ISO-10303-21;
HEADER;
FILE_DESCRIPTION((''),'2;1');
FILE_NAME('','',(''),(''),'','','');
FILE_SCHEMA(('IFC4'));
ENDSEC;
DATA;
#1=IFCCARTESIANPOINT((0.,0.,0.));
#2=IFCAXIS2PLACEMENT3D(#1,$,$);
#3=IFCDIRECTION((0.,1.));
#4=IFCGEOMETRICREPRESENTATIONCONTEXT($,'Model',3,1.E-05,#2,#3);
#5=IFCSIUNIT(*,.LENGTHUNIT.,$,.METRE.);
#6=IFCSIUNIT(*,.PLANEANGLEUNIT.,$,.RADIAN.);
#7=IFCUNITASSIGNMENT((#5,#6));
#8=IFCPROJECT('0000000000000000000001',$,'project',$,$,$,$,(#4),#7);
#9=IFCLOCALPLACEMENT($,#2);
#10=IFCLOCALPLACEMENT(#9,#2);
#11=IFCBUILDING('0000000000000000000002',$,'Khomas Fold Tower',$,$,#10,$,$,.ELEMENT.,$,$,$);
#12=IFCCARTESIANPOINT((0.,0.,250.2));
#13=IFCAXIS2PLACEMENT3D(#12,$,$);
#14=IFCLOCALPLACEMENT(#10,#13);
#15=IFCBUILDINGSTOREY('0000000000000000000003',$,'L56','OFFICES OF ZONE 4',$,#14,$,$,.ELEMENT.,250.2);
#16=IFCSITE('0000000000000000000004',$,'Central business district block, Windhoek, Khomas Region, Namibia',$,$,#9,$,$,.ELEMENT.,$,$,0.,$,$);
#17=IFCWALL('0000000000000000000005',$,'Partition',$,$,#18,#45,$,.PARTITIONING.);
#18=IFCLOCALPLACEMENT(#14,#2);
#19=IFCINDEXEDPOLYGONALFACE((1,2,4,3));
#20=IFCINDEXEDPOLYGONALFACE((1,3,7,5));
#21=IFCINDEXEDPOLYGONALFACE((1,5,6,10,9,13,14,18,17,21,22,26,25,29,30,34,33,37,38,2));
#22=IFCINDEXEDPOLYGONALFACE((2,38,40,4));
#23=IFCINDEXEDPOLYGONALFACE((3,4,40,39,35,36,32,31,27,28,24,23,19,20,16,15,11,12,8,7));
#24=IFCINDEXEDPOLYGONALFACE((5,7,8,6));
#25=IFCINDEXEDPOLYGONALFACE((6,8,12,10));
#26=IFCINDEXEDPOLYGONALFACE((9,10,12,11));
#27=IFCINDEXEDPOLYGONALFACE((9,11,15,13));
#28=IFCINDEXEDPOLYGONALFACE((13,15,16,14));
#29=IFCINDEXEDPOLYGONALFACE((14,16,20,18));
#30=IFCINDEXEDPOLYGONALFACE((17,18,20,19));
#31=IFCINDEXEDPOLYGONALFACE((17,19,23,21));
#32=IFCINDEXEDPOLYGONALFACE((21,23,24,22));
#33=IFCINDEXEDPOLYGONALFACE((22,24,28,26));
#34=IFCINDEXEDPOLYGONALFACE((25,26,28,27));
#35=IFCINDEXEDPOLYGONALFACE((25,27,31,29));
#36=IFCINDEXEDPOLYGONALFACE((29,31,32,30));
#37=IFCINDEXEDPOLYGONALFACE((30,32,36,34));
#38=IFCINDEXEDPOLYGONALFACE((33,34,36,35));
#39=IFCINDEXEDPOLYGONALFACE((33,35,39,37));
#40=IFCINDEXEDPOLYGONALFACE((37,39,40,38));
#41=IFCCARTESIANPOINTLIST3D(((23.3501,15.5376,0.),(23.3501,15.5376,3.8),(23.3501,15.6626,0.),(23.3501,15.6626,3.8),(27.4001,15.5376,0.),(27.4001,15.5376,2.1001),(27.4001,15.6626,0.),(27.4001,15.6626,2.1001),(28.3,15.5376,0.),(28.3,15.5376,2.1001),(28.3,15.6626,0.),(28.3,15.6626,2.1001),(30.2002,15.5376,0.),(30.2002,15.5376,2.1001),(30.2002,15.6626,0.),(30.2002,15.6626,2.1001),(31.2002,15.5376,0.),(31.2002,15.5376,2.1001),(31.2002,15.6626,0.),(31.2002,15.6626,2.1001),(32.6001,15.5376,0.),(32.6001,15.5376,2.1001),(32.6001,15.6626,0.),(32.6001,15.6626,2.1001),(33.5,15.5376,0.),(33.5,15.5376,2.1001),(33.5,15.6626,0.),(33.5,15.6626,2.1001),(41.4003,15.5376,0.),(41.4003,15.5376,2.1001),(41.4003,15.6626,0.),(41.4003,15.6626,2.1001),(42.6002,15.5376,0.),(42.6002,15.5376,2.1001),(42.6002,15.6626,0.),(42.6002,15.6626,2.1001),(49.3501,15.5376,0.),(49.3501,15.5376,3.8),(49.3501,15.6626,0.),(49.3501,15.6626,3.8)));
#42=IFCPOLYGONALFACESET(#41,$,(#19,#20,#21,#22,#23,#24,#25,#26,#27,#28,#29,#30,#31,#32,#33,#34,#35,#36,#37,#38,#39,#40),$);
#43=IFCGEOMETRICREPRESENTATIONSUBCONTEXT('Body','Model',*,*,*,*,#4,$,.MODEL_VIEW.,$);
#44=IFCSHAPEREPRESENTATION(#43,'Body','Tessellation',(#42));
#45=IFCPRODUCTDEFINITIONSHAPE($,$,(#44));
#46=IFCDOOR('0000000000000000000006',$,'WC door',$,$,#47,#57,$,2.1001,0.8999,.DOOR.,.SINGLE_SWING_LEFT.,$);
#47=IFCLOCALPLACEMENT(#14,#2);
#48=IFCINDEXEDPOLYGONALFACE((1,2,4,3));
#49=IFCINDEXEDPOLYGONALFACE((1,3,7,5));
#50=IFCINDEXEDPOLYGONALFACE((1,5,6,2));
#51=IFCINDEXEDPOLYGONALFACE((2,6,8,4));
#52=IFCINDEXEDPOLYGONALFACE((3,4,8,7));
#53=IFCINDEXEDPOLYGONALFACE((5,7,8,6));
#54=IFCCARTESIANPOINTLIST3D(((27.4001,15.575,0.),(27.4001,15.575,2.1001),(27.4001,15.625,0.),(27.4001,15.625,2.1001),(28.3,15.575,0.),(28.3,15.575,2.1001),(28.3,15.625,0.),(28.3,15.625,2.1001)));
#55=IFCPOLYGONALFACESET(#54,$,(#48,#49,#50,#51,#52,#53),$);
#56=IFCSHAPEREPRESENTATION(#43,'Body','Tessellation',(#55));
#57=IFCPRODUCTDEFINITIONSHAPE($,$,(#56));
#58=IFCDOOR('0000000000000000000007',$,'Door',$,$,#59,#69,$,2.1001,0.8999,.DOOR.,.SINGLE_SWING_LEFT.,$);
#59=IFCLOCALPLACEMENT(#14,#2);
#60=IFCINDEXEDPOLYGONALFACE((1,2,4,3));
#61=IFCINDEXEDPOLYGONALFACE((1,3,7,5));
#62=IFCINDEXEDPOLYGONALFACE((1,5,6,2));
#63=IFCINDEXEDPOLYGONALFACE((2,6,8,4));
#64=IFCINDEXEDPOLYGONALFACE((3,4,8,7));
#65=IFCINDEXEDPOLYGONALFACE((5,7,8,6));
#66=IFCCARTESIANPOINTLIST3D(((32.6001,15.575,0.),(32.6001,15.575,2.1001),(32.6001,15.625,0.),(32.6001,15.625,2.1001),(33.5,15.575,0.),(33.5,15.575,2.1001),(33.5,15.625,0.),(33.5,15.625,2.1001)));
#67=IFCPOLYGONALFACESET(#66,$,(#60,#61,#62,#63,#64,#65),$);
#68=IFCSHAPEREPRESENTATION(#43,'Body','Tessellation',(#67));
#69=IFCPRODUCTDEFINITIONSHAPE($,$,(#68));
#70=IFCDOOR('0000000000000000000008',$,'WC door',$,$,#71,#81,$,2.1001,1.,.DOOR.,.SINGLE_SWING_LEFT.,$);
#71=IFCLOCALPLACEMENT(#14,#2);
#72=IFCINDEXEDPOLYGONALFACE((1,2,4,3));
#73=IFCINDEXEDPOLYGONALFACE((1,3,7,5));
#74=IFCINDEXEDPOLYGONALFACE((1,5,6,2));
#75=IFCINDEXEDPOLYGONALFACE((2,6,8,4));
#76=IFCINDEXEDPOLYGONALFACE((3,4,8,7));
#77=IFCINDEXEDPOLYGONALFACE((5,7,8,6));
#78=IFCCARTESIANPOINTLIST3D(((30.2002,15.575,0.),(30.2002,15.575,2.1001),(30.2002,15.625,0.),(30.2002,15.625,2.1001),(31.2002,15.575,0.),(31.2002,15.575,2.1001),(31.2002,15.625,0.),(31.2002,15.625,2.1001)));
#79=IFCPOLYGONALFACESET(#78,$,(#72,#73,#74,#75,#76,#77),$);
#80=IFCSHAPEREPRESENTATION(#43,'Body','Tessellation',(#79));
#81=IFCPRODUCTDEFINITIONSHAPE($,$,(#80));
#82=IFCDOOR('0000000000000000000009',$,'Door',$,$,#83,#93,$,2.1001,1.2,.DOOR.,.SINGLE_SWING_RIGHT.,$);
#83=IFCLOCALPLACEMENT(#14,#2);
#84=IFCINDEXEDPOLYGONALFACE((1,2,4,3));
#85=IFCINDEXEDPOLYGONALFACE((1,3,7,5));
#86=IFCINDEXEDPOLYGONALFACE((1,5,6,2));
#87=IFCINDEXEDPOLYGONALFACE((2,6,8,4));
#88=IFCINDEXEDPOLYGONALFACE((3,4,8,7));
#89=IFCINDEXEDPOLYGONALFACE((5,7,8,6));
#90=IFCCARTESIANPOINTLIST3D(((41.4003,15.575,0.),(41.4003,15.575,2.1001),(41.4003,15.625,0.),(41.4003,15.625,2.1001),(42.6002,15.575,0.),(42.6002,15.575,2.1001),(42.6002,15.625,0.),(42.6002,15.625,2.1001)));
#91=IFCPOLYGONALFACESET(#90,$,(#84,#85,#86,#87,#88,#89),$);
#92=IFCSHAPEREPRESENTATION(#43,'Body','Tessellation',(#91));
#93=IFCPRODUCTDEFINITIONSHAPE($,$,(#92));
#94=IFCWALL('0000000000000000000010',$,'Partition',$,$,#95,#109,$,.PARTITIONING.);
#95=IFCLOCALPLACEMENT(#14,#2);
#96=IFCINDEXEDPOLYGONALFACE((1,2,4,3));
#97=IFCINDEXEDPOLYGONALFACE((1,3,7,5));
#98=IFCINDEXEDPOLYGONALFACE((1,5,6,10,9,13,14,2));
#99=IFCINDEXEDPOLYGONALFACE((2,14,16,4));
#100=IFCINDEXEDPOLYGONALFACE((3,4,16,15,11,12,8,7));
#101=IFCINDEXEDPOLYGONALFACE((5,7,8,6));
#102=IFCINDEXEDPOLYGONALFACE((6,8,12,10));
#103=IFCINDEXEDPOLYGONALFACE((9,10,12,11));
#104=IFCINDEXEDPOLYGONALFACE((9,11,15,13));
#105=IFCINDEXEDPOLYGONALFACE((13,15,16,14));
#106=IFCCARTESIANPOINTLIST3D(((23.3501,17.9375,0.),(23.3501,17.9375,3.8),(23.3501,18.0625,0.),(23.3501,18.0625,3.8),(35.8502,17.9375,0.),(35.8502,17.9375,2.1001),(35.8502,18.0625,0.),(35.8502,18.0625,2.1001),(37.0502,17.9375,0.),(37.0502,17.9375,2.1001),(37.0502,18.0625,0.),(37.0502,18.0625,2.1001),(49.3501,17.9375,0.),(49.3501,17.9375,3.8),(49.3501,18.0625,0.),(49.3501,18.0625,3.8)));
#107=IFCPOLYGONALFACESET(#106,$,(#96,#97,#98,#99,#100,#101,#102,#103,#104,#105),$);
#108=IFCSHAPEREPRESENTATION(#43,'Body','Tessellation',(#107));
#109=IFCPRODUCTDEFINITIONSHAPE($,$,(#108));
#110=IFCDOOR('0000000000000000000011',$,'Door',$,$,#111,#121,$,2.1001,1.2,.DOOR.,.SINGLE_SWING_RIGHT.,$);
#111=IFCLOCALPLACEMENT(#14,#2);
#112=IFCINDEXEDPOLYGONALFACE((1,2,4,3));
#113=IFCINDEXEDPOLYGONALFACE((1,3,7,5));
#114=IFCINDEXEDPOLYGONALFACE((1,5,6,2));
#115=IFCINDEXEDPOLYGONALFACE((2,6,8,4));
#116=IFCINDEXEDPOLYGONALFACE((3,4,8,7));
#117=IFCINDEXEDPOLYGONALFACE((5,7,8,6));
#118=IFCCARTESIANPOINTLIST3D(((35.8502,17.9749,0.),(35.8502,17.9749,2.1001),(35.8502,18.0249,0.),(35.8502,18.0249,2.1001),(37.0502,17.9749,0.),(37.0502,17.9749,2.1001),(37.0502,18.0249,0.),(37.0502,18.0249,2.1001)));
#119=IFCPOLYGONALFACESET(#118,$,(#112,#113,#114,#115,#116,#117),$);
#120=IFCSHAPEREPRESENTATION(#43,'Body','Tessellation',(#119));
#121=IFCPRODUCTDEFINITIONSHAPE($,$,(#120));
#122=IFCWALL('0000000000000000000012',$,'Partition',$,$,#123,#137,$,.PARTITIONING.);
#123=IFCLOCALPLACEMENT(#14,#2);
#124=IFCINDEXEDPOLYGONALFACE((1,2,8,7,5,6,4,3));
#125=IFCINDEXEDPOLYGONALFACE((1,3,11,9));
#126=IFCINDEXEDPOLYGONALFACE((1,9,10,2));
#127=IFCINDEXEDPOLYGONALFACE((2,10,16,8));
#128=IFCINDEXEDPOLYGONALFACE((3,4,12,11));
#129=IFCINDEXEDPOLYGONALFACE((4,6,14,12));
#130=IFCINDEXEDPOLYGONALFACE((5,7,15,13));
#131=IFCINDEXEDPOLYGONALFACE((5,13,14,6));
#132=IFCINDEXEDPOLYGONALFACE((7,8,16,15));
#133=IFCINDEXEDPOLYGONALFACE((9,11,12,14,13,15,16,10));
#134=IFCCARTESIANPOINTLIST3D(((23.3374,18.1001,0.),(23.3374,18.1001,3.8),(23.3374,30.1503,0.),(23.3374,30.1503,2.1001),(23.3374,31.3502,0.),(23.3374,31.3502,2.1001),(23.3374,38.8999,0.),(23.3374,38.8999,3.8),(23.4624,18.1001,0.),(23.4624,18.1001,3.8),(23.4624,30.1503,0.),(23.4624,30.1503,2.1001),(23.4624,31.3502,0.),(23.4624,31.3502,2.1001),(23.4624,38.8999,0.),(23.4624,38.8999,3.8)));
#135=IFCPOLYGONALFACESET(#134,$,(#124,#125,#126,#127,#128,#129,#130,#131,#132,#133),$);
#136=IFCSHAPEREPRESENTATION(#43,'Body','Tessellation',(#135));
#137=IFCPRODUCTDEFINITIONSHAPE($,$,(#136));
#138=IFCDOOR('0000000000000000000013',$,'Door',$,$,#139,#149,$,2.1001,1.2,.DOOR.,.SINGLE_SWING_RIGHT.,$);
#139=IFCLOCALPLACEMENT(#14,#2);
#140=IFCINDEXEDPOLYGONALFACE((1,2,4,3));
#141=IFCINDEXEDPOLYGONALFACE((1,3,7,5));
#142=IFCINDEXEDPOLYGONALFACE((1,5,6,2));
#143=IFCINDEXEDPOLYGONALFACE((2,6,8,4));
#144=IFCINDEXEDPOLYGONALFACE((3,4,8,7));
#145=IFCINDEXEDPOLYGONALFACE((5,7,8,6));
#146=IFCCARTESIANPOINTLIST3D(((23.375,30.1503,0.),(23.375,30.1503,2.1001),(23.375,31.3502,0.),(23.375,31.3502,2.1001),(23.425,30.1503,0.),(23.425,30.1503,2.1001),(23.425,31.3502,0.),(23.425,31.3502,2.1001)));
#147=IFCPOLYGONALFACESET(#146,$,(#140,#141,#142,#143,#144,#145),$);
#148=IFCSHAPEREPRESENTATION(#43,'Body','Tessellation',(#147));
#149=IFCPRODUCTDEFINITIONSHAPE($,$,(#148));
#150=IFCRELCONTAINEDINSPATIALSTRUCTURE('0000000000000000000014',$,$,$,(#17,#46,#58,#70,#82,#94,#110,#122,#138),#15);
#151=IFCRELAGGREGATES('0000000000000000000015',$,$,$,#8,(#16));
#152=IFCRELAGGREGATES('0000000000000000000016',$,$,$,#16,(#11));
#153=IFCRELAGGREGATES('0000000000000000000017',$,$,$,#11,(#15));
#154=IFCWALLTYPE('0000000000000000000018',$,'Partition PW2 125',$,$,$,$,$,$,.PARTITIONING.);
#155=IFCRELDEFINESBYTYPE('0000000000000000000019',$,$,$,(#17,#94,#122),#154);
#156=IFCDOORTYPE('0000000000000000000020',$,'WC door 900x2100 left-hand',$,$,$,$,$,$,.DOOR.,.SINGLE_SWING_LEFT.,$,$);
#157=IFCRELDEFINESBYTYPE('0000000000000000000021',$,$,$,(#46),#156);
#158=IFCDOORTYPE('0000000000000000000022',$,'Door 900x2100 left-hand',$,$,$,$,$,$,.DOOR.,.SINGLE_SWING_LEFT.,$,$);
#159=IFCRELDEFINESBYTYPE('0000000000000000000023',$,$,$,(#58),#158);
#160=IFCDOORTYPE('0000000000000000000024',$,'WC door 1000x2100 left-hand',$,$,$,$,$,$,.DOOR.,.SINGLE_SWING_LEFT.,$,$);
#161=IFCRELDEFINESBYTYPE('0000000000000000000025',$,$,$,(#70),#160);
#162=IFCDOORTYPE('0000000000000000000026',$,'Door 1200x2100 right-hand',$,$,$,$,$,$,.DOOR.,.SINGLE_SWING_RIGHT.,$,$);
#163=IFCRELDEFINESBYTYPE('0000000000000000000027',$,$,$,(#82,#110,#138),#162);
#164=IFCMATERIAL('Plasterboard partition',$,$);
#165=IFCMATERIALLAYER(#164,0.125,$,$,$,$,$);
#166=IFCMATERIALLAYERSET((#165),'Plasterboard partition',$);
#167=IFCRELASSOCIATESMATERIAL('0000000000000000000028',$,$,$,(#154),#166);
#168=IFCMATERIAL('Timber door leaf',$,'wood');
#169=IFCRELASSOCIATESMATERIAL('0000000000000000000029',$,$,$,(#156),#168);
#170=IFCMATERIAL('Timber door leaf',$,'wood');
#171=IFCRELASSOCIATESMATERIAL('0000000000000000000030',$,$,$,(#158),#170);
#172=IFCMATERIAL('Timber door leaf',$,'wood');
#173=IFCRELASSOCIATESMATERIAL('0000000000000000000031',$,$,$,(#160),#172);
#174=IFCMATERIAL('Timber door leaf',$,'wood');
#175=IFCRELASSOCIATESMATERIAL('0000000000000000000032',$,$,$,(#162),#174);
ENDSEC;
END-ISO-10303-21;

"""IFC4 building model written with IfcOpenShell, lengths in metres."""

from ifc_helpers import new_model, si_unit, direction, frame, frame_2d, origin, place, context, subcontext, project, spatial, rectangle, extrude, source, transform, mapped, material, layer, layer_set, type_object, element, fill, save


model = new_model("IFC4")

# Units and contexts
model_context = context("Model", 3, precision=1e-05, world=origin(), true_north=direction((0.0, 1.0)))
body_context = subcontext(model_context, "Body", "Model", "MODEL_VIEW")
ifc_project = project(units=[si_unit("LENGTHUNIT", "METRE"), si_unit("PLANEANGLEUNIT", "RADIAN")], contexts=[model_context])

# Site, building, storey
site_placement = place(None, origin())
site = spatial("IfcSite", under=ifc_project, at=site_placement, Name="Central business district block, Windhoek, Khomas Region, Namibia", CompositionType="ELEMENT", RefElevation=0.0)
building_placement = place(site_placement, origin())
building = spatial("IfcBuilding", under=site, at=building_placement, Name="Khomas Fold Tower", CompositionType="ELEMENT")
storey_placement = place(building_placement, frame((0.0, 0.0, 250.2)))
storey = spatial("IfcBuildingStorey", under=building, at=storey_placement, Name="L56", Description="OFFICES OF ZONE 4", CompositionType="ELEMENT", Elevation=250.2)

# Wall, openings, doors
ifc_material_1 = material(Name="Plasterboard partition")
ifc_layer_1 = layer(ifc_material_1, 0.125)
ifc_layer_set_1 = layer_set([ifc_layer_1], Name="Plasterboard partition")
wall_type_1 = type_object("IfcWallType", Name="Partition PW2 125", PredefinedType="PARTITIONING", material=ifc_layer_set_1)
shared_shape_1 = source(origin(), body_context, "Body", "SweptSolid", [
    extrude(rectangle(XDim=26.0, YDim=0.125, at=frame_2d((13.0, 0.0))), origin(), (0.0, 0.0, 1.0), 3.8),
])
wall_1_placement = place(storey_placement, frame((23.3501, 15.6001, 0.0), z_axis=(0.0, 0.0, 1.0), x_axis=(1.0, 0.0, 0.0)))
wall_1 = element("IfcWall", 1, at=wall_1_placement, inside=storey, type_object=wall_type_1, Name="Partition", PredefinedType="PARTITIONING", context=body_context, shape_type="MappedRepresentation", body=[
    mapped(shared_shape_1, transform((0.0, 0.0, 0.0))),
])
shared_shape_2 = source(origin(), body_context, "Body", "SweptSolid", [
    extrude(rectangle(XDim=0.8999, YDim=2.1001, at=frame_2d((0.45, 1.05))), frame((0.0, 0.0725, 0.0), z_axis=(0.0, -1.0, 0.0), x_axis=(1.0, 0.0, 0.0)), (0.0, 0.0, 1.0), 0.145),
])
opening_1_placement = place(wall_1_placement, frame((4.05, 0.0, 0.0)))
opening_1 = element("IfcOpeningElement", 2, at=opening_1_placement, cuts=wall_1, PredefinedType="OPENING", context=body_context, shape_type="MappedRepresentation", body=[
    mapped(shared_shape_2, transform((0.0, 0.0, 0.0))),
])
shared_shape_3 = source(origin(), body_context, "Body", "SweptSolid", [
    extrude(rectangle(XDim=1.0, YDim=2.1001, at=frame_2d((0.5, 1.05))), frame((0.0, 0.0725, 0.0), z_axis=(0.0, -1.0, 0.0), x_axis=(1.0, 0.0, 0.0)), (0.0, 0.0, 1.0), 0.145),
])
opening_2_placement = place(wall_1_placement, frame((6.8501, 0.0, 0.0)))
opening_2 = element("IfcOpeningElement", 3, at=opening_2_placement, cuts=wall_1, PredefinedType="OPENING", context=body_context, shape_type="MappedRepresentation", body=[
    mapped(shared_shape_3, transform((0.0, 0.0, 0.0))),
])
opening_3_placement = place(wall_1_placement, frame((9.25, 0.0, 0.0)))
opening_3 = element("IfcOpeningElement", 4, at=opening_3_placement, cuts=wall_1, PredefinedType="OPENING", context=body_context, shape_type="MappedRepresentation", body=[
    mapped(shared_shape_2, transform((0.0, 0.0, 0.0))),
])
shared_shape_4 = source(origin(), body_context, "Body", "SweptSolid", [
    extrude(rectangle(XDim=1.2, YDim=2.1001, at=frame_2d((0.6001, 1.05))), frame((0.0, 0.0725, 0.0), z_axis=(0.0, -1.0, 0.0), x_axis=(1.0, 0.0, 0.0)), (0.0, 0.0, 1.0), 0.145),
])
opening_4_placement = place(wall_1_placement, frame((18.05, 0.0, 0.0)))
opening_4 = element("IfcOpeningElement", 5, at=opening_4_placement, cuts=wall_1, PredefinedType="OPENING", context=body_context, shape_type="MappedRepresentation", body=[
    mapped(shared_shape_4, transform((0.0, 0.0, 0.0))),
])
ifc_material_2 = material(Name="Timber door leaf", Category="wood")
door_type_1 = type_object("IfcDoorType", Name="WC door 900x2100 left-hand", OperationType="SINGLE_SWING_LEFT", PredefinedType="DOOR", material=ifc_material_2)
shared_shape_5 = source(origin(), body_context, "Body", "SweptSolid", [
    extrude(rectangle(XDim=0.8999, YDim=2.1001, at=frame_2d((0.45, 1.05))), frame((0.0, 0.0249, 0.0), z_axis=(0.0, -1.0, 0.0), x_axis=(1.0, 0.0, 0.0)), (0.0, 0.0, 1.0), 0.05),
])
door_1_placement = place(opening_1_placement, origin())
door_1 = element("IfcDoor", 6, at=door_1_placement, inside=storey, type_object=door_type_1, Name="WC door", OperationType="SINGLE_SWING_LEFT", OverallHeight=2.1001, OverallWidth=0.8999, PredefinedType="DOOR", context=body_context, shape_type="MappedRepresentation", body=[
    mapped(shared_shape_5, transform((0.0, 0.0, 0.0))),
])
fill(opening_1, door_1)
ifc_material_3 = material(Name="Timber door leaf", Category="wood")
door_type_2 = type_object("IfcDoorType", Name="Door 900x2100 left-hand", OperationType="SINGLE_SWING_LEFT", PredefinedType="DOOR", material=ifc_material_3)
door_2_placement = place(opening_3_placement, origin())
door_2 = element("IfcDoor", 7, at=door_2_placement, inside=storey, type_object=door_type_2, Name="Door", OperationType="SINGLE_SWING_LEFT", OverallHeight=2.1001, OverallWidth=0.8999, PredefinedType="DOOR", context=body_context, shape_type="MappedRepresentation", body=[
    mapped(shared_shape_5, transform((0.0, 0.0, 0.0))),
])
fill(opening_3, door_2)
ifc_material_4 = material(Name="Timber door leaf", Category="wood")
door_type_3 = type_object("IfcDoorType", Name="WC door 1000x2100 left-hand", OperationType="SINGLE_SWING_LEFT", PredefinedType="DOOR", material=ifc_material_4)
shared_shape_6 = source(origin(), body_context, "Body", "SweptSolid", [
    extrude(rectangle(XDim=1.0, YDim=2.1001, at=frame_2d((0.5, 1.05))), frame((0.0, 0.0249, 0.0), z_axis=(0.0, -1.0, 0.0), x_axis=(1.0, 0.0, 0.0)), (0.0, 0.0, 1.0), 0.05),
])
door_3_placement = place(opening_2_placement, origin())
door_3 = element("IfcDoor", 8, at=door_3_placement, inside=storey, type_object=door_type_3, Name="WC door", OperationType="SINGLE_SWING_LEFT", OverallHeight=2.1001, OverallWidth=1.0, PredefinedType="DOOR", context=body_context, shape_type="MappedRepresentation", body=[
    mapped(shared_shape_6, transform((0.0, 0.0, 0.0))),
])
fill(opening_2, door_3)
ifc_material_5 = material(Name="Timber door leaf", Category="wood")
door_type_4 = type_object("IfcDoorType", Name="Door 1200x2100 right-hand", OperationType="SINGLE_SWING_RIGHT", PredefinedType="DOOR", material=ifc_material_5)
shared_shape_7 = source(origin(), body_context, "Body", "SweptSolid", [
    extrude(rectangle(XDim=1.2, YDim=2.1001, at=frame_2d((0.6001, 1.05))), frame((0.0, 0.0249, 0.0), z_axis=(0.0, -1.0, 0.0), x_axis=(1.0, 0.0, 0.0)), (0.0, 0.0, 1.0), 0.05),
])
door_4_placement = place(opening_4_placement, origin())
door_4 = element("IfcDoor", 9, at=door_4_placement, inside=storey, type_object=door_type_4, Name="Door", OperationType="SINGLE_SWING_RIGHT", OverallHeight=2.1001, OverallWidth=1.2, PredefinedType="DOOR", context=body_context, shape_type="MappedRepresentation", body=[
    mapped(shared_shape_7, transform((0.0, 0.0, 0.0))),
])
fill(opening_4, door_4)

# Walls, openings, doors
wall_2_placement = place(storey_placement, frame((23.3501, 18.0, 0.0), z_axis=(0.0, 0.0, 1.0), x_axis=(1.0, 0.0, 0.0)))
wall_2 = element("IfcWall", 10, at=wall_2_placement, inside=storey, type_object=wall_type_1, Name="Partition", PredefinedType="PARTITIONING", context=body_context, shape_type="MappedRepresentation", body=[
    mapped(shared_shape_1, transform((0.0, 0.0, 0.0))),
])
opening_5_placement = place(wall_2_placement, frame((12.5, 0.0, 0.0)))
opening_5 = element("IfcOpeningElement", 11, at=opening_5_placement, cuts=wall_2, PredefinedType="OPENING", context=body_context, shape_type="MappedRepresentation", body=[
    mapped(shared_shape_4, transform((0.0, 0.0, 0.0))),
])
door_5_placement = place(opening_5_placement, origin())
door_5 = element("IfcDoor", 12, at=door_5_placement, inside=storey, type_object=door_type_4, Name="Door", OperationType="SINGLE_SWING_RIGHT", OverallHeight=2.1001, OverallWidth=1.2, PredefinedType="DOOR", context=body_context, shape_type="MappedRepresentation", body=[
    mapped(shared_shape_7, transform((0.0, 0.0, 0.0))),
])
fill(opening_5, door_5)
shared_shape_8 = source(origin(), body_context, "Body", "SweptSolid", [
    extrude(rectangle(XDim=20.7998, YDim=0.125, at=frame_2d((10.3999, 0.0))), origin(), (0.0, 0.0, 1.0), 3.8),
])
wall_3_placement = place(storey_placement, frame((23.3999, 18.1001, 0.0), z_axis=(0.0, 0.0, 1.0), x_axis=(0.0, 1.0, 0.0)))
wall_3 = element("IfcWall", 13, at=wall_3_placement, inside=storey, type_object=wall_type_1, Name="Partition", PredefinedType="PARTITIONING", context=body_context, shape_type="MappedRepresentation", body=[
    mapped(shared_shape_8, transform((0.0, 0.0, 0.0))),
])
opening_6_placement = place(wall_3_placement, frame((12.05, 0.0, 0.0)))
opening_6 = element("IfcOpeningElement", 14, at=opening_6_placement, cuts=wall_3, PredefinedType="OPENING", context=body_context, shape_type="MappedRepresentation", body=[
    mapped(shared_shape_4, transform((0.0, 0.0, 0.0))),
])
door_6_placement = place(opening_6_placement, origin())
door_6 = element("IfcDoor", 15, at=door_6_placement, inside=storey, type_object=door_type_4, Name="Door", OperationType="SINGLE_SWING_RIGHT", OverallHeight=2.1001, OverallWidth=1.2, PredefinedType="DOOR", context=body_context, shape_type="MappedRepresentation", body=[
    mapped(shared_shape_7, transform((0.0, 0.0, 0.0))),
])
fill(opening_6, door_6)

save(model, "model.ifc")
